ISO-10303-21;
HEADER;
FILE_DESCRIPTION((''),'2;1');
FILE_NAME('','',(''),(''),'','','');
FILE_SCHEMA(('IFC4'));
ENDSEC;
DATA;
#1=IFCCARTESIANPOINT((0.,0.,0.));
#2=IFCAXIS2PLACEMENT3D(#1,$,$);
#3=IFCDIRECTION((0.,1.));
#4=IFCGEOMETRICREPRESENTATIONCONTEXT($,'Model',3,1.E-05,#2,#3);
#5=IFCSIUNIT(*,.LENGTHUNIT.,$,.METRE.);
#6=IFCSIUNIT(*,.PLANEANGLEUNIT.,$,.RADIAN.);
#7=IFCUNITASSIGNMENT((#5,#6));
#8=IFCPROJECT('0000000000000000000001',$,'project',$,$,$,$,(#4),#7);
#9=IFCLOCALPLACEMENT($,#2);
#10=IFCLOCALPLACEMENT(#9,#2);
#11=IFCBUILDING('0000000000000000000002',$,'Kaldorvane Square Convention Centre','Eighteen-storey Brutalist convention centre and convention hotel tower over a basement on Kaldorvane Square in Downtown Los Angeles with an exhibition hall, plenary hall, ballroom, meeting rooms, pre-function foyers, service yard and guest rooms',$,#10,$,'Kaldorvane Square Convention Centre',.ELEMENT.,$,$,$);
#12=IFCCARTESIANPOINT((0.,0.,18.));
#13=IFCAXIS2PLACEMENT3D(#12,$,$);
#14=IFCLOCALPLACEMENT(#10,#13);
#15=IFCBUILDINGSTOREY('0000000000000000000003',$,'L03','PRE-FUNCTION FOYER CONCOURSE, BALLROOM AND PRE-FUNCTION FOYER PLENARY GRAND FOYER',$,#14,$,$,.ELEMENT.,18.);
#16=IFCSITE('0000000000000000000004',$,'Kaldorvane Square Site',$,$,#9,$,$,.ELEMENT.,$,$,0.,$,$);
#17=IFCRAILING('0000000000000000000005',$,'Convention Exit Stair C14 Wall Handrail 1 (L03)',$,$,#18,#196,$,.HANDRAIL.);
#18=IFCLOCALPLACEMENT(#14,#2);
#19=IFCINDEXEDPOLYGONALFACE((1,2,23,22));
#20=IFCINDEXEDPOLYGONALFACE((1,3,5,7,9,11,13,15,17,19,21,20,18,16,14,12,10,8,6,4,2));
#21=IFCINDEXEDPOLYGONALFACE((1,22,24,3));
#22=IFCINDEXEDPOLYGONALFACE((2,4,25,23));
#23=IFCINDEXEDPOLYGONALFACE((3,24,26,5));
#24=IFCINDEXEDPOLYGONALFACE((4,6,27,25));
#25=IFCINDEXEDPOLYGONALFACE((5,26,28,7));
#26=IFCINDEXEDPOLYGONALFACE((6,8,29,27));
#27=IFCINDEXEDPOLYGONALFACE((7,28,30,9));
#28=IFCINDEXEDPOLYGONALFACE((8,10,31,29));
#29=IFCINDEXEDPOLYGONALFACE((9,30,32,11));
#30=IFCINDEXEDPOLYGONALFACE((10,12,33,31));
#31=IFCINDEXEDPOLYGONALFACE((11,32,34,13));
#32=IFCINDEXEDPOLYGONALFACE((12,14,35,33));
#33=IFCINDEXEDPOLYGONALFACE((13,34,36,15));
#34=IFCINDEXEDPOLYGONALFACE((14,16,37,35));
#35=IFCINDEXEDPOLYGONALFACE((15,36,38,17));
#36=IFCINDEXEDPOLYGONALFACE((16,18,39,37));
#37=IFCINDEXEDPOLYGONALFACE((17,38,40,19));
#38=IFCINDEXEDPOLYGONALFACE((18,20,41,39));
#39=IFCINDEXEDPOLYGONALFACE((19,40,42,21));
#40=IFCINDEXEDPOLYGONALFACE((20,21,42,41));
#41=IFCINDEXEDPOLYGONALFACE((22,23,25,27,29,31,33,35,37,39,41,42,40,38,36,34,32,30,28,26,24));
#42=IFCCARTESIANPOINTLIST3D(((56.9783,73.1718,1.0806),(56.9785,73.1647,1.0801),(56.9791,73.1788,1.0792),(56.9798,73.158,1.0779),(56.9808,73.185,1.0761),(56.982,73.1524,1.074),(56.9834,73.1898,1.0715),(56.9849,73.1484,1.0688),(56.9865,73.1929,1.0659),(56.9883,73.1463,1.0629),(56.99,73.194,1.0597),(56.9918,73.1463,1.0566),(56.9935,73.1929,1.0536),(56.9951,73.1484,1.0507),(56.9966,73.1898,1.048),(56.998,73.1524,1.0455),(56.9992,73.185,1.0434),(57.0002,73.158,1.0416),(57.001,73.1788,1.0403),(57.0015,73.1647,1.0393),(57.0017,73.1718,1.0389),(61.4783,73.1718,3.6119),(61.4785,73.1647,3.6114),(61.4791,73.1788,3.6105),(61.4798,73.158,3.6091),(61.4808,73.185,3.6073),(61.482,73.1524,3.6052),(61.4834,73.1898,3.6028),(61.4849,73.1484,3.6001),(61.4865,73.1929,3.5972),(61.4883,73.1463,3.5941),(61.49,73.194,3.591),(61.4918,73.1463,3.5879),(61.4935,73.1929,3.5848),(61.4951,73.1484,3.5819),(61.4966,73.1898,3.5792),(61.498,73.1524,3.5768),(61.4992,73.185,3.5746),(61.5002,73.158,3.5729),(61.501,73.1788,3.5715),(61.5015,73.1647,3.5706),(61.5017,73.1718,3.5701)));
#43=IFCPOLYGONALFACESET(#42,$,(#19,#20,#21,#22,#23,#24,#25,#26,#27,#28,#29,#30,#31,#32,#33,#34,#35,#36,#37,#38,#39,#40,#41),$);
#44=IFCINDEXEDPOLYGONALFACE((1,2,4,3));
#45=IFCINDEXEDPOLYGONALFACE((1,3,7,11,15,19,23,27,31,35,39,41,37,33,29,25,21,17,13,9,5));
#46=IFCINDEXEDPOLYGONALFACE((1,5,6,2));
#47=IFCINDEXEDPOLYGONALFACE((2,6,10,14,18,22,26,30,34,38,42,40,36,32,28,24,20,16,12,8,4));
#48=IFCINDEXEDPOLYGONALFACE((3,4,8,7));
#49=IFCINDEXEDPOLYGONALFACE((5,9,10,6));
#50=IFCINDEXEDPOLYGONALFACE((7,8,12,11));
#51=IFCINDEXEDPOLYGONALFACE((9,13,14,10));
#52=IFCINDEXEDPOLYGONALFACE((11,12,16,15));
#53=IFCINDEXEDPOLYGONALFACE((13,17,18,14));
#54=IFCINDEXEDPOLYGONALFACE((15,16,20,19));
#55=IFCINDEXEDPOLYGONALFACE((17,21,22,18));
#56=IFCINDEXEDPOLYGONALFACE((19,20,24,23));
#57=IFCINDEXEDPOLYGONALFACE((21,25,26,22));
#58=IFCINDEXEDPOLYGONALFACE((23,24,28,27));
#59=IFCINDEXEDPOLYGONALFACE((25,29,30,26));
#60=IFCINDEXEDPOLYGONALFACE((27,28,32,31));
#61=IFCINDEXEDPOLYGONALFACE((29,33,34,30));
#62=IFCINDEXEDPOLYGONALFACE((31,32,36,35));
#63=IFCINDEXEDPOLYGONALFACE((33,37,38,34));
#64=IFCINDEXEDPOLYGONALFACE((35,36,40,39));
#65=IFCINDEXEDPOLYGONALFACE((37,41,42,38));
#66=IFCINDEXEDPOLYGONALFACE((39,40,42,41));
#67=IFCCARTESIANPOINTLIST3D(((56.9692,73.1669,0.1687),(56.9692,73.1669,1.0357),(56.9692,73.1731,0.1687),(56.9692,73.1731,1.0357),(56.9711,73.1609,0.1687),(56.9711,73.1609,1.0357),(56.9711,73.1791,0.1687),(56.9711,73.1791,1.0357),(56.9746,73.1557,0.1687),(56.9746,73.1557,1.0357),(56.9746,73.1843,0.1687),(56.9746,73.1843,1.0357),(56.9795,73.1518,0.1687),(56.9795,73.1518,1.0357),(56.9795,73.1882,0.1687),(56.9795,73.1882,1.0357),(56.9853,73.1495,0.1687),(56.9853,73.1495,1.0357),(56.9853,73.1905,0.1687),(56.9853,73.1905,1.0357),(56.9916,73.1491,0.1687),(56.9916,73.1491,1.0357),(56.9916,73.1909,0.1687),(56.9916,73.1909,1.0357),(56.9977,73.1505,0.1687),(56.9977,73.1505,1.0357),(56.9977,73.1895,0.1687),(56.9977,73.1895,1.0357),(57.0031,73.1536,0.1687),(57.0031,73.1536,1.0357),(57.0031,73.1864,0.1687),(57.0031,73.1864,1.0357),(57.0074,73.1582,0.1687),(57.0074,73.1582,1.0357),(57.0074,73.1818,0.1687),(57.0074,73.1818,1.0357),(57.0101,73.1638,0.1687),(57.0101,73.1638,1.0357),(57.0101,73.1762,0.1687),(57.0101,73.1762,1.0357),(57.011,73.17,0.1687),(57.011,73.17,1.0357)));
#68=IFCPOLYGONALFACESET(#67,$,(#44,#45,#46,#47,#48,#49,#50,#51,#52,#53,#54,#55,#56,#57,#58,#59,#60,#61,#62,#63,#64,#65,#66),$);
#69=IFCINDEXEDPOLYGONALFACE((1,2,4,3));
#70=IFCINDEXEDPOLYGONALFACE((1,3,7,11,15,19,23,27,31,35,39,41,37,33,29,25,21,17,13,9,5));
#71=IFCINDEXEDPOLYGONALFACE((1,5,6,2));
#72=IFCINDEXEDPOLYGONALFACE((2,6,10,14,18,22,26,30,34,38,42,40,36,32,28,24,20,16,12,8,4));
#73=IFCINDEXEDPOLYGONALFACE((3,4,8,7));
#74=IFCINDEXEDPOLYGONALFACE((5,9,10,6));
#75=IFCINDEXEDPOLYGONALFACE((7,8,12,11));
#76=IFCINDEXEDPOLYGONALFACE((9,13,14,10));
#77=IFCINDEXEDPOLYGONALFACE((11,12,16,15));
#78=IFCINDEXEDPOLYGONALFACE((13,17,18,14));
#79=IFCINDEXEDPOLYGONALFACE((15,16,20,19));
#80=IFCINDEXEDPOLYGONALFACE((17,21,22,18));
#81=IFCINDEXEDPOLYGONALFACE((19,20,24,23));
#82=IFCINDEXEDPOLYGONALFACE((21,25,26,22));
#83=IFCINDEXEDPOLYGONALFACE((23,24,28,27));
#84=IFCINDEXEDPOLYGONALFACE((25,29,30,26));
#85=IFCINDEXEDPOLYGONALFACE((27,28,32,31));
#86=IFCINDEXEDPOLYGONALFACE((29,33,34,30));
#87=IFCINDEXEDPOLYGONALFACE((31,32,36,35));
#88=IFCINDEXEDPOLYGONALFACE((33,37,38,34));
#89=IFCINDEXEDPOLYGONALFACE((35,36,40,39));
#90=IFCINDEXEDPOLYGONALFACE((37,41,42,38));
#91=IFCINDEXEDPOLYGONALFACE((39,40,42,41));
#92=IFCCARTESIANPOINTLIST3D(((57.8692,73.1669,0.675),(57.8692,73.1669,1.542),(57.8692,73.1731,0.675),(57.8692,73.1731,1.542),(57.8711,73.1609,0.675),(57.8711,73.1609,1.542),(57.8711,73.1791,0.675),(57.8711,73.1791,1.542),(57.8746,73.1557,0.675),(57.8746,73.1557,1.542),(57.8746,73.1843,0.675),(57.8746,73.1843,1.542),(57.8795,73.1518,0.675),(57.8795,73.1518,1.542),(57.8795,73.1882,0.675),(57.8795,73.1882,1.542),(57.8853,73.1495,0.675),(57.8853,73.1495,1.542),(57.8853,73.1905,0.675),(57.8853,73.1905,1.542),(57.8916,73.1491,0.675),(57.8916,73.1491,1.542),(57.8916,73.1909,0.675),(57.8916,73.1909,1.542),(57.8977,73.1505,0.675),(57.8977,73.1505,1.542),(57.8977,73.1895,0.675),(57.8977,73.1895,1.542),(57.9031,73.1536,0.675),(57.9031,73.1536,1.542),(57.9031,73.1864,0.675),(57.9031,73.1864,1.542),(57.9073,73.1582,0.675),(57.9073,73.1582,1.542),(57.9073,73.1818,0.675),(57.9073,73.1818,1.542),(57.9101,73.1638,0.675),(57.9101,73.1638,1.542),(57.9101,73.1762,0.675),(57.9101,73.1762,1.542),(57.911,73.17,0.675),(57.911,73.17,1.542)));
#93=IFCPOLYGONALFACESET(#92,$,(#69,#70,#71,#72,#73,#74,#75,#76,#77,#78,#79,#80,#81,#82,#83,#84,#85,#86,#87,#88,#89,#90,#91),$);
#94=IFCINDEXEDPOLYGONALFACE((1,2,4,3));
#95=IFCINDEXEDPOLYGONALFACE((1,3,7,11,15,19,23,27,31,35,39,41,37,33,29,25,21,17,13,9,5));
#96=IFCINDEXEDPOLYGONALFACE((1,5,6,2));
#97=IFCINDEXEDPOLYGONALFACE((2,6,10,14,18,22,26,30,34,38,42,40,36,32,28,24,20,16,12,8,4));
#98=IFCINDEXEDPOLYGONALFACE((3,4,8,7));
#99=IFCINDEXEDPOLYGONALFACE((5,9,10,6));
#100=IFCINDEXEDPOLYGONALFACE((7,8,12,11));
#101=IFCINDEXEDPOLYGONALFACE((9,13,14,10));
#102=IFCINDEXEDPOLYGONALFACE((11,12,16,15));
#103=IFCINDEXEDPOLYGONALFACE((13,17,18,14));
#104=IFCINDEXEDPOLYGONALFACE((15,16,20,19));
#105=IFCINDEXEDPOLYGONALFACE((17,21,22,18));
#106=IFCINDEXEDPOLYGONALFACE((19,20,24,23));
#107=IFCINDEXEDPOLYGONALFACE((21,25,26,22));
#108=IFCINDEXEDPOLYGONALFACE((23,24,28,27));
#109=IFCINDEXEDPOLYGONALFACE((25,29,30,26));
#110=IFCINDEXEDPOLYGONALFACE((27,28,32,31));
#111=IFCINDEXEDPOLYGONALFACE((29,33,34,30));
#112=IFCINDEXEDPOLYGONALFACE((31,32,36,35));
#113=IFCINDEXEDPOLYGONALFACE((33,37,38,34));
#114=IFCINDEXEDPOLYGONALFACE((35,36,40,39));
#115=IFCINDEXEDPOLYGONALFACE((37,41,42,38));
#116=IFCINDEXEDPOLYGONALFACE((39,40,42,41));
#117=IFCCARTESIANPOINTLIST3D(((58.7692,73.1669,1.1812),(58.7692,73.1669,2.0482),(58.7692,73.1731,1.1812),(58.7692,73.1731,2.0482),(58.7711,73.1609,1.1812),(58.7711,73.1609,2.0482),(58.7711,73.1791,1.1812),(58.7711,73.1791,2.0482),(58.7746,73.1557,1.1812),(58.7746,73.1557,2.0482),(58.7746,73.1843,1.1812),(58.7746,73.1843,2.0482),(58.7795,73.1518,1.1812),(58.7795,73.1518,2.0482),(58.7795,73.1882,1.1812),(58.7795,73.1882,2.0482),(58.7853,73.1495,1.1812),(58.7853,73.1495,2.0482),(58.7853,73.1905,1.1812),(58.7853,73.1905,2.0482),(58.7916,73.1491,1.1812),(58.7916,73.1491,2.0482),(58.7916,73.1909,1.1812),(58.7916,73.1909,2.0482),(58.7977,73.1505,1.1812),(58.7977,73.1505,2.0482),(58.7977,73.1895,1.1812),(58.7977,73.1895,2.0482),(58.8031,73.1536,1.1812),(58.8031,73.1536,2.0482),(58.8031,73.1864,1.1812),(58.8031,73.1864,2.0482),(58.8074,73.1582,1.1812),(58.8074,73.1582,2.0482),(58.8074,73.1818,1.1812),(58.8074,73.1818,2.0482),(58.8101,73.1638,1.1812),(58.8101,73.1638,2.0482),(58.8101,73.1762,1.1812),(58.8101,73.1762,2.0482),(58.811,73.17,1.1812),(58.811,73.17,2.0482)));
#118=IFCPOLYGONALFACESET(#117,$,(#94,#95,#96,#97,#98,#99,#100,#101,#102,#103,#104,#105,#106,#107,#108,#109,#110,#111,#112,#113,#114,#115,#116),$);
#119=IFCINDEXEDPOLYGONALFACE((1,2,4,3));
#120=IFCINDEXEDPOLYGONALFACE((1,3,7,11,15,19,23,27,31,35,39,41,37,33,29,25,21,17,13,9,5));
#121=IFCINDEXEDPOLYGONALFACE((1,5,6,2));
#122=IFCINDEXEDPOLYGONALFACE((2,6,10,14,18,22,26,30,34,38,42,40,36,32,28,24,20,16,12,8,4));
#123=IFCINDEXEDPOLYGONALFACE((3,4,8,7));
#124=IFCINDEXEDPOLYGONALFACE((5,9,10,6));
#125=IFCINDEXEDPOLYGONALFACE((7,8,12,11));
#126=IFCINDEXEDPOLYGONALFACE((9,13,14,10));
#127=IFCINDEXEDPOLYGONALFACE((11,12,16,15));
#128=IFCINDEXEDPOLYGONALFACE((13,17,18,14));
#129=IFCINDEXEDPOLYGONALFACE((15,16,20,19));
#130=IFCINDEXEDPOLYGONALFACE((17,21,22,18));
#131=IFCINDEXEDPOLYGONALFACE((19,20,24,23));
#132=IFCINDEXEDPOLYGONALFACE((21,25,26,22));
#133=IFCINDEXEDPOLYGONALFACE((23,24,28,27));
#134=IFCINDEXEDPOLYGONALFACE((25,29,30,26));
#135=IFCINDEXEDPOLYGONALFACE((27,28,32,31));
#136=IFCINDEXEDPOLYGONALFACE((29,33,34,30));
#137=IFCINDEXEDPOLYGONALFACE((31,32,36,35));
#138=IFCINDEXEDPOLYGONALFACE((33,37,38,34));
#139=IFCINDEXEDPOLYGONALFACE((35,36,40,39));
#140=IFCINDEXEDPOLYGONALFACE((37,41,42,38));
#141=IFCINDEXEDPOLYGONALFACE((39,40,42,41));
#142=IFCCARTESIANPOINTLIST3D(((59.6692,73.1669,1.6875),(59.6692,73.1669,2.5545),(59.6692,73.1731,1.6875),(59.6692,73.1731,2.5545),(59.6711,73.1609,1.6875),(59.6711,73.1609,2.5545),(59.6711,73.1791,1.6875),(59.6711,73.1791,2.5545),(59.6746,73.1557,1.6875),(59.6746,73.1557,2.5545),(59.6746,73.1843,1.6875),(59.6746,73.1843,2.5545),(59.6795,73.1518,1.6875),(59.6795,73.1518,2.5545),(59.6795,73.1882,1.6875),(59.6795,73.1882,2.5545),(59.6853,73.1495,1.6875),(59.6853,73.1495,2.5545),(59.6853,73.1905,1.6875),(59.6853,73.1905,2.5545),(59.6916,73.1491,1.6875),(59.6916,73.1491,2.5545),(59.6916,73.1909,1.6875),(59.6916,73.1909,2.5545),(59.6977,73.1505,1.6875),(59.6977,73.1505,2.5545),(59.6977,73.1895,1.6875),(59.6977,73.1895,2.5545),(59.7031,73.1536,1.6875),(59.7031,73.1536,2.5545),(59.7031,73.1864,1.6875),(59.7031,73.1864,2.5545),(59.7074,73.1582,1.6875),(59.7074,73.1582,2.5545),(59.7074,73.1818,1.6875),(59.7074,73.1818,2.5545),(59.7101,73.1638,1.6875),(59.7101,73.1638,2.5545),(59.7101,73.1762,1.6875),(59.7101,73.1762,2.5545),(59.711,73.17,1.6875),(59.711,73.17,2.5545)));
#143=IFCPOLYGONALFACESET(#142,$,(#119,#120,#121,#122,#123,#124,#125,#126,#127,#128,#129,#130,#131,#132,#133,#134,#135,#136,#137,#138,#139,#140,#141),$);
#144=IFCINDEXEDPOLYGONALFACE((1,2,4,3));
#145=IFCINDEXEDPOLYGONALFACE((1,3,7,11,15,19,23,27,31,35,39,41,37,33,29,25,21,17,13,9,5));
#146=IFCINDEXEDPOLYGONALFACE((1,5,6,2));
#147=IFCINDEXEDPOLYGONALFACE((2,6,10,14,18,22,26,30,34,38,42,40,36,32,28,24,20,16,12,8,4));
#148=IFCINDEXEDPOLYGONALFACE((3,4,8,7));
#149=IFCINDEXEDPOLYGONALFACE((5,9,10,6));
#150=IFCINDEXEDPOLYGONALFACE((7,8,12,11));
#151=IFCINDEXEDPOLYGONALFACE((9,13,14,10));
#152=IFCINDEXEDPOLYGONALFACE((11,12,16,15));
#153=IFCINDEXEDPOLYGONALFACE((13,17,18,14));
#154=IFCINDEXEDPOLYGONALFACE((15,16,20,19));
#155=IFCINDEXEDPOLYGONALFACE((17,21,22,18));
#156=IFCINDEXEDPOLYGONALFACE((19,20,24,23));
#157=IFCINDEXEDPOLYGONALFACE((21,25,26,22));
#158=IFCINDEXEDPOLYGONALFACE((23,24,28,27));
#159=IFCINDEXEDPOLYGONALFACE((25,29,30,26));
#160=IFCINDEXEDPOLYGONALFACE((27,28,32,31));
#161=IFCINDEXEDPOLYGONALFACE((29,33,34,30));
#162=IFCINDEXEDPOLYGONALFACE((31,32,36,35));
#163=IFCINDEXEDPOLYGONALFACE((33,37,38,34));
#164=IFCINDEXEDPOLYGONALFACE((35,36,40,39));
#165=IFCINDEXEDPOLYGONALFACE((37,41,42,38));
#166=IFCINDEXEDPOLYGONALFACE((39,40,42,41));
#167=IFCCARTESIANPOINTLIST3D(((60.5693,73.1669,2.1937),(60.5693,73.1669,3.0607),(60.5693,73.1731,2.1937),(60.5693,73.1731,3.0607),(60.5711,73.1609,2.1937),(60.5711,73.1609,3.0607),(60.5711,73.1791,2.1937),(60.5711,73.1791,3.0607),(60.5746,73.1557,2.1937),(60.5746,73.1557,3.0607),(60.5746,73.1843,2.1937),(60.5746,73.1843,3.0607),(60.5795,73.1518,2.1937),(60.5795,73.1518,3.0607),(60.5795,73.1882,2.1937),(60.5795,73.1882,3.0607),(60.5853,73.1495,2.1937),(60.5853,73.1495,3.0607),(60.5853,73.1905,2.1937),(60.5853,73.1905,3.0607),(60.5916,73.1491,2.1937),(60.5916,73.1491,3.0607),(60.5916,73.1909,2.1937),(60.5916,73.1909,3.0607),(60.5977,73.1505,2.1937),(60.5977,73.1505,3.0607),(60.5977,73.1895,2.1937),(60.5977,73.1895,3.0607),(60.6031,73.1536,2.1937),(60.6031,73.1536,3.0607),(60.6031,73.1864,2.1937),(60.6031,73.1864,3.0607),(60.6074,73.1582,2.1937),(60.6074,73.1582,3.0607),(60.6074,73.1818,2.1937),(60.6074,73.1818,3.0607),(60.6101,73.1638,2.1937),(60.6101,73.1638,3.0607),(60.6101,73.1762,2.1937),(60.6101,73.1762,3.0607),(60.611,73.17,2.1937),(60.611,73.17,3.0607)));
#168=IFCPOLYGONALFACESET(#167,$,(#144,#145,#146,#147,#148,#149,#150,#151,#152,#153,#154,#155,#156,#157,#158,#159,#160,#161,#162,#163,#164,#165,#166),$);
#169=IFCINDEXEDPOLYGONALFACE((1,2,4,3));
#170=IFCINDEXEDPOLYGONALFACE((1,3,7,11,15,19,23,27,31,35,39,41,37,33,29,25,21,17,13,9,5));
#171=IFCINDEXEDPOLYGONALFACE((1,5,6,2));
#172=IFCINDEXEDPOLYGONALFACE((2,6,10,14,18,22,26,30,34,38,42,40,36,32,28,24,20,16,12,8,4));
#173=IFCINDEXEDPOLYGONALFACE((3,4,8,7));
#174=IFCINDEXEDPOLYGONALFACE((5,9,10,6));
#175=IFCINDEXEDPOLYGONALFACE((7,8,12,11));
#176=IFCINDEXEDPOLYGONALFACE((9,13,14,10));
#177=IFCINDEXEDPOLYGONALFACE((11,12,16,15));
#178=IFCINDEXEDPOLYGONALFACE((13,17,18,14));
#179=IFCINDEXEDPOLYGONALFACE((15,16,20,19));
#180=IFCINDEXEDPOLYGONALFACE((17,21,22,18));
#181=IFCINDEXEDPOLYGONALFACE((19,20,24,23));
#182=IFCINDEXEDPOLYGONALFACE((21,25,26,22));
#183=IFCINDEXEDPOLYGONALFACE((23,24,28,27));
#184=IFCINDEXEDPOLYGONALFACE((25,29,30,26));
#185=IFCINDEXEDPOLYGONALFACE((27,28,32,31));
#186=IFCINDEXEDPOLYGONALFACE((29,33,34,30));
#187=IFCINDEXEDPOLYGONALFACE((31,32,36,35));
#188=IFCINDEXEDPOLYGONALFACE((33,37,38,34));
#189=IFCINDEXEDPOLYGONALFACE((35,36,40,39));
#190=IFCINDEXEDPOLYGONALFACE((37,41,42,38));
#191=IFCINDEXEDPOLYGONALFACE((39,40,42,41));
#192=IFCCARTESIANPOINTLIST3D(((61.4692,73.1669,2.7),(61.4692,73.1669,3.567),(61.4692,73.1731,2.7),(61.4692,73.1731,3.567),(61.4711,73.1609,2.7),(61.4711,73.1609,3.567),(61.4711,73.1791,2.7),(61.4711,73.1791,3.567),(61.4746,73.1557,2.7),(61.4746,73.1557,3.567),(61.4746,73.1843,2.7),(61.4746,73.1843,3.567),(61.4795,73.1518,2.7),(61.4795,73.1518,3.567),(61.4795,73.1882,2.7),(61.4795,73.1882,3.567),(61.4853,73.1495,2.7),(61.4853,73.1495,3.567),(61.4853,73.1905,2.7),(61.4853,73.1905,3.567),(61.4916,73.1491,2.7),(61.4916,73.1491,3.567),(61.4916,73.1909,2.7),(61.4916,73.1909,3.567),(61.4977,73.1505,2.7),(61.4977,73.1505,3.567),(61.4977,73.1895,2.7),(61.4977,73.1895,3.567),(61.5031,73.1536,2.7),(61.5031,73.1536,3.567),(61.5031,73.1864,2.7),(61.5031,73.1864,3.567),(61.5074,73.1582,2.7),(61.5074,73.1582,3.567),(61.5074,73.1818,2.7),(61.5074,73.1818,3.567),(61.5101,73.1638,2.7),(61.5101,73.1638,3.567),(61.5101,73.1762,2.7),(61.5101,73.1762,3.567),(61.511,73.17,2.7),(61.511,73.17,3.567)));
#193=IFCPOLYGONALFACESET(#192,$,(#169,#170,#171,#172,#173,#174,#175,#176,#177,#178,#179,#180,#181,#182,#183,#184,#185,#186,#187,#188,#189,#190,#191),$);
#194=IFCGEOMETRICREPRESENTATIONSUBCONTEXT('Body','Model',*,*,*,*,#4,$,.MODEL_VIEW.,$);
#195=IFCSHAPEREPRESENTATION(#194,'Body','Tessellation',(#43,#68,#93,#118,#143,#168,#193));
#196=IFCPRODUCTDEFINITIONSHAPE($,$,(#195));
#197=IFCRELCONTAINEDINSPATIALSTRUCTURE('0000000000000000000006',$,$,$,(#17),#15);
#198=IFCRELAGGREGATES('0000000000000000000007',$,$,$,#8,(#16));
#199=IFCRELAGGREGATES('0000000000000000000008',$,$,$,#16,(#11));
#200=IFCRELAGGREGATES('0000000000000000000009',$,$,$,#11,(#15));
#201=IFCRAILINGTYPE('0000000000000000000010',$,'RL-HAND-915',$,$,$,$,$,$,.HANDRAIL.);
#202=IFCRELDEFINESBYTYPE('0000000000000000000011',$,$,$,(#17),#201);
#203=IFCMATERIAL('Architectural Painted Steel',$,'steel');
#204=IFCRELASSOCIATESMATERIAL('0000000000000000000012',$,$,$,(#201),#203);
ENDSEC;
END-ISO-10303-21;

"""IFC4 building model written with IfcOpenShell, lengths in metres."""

from ifc_helpers import new_model, si_unit, direction, frame, origin, origin_2d, place, context, subcontext, project, spatial, circle, extrude, material, type_object, element, save


model = new_model("IFC4")

# Units and contexts
model_context = context("Model", 3, precision=1e-05, world=origin(), true_north=direction((0.0, 1.0)))
body_context = subcontext(model_context, "Body", "Model", "MODEL_VIEW")
ifc_project = project(units=[si_unit("LENGTHUNIT", "METRE"), si_unit("PLANEANGLEUNIT", "RADIAN")], contexts=[model_context])

# Site, building, storey
site_placement = place(None, origin())
site = spatial("IfcSite", under=ifc_project, at=site_placement, Name="Kaldorvane Square Site", CompositionType="ELEMENT", RefElevation=0.0)
building_placement = place(site_placement, origin())
building = spatial("IfcBuilding", under=site, at=building_placement, Name="Kaldorvane Square Convention Centre", Description="Eighteen-storey Brutalist convention centre and convention hotel tower over a basement on Kaldorvane Square in Downtown Los Angeles with an exhibition hall, plenary hall, ballroom, meeting rooms, pre-function foyers, service yard and guest rooms", LongName="Kaldorvane Square Convention Centre", CompositionType="ELEMENT")
storey_placement = place(building_placement, frame((0.0, 0.0, 18.0)))
storey = spatial("IfcBuildingStorey", under=building, at=storey_placement, Name="L03", Description="PRE-FUNCTION FOYER CONCOURSE, BALLROOM AND PRE-FUNCTION FOYER PLENARY GRAND FOYER", CompositionType="ELEMENT", Elevation=18.0)

# Railing
ifc_material_1 = material(Name="Architectural Painted Steel", Category="steel")
railing_type_1 = type_object("IfcRailingType", Name="RL-HAND-915", PredefinedType="HANDRAIL", material=ifc_material_1)
railing_1_placement = place(storey_placement, frame((56.99, 73.17, 0.1687)))
element("IfcRailing", 1, at=railing_1_placement, inside=storey, type_object=railing_type_1, Name="Convention Exit Stair C14 Wall Handrail 1 (L03)", PredefinedType="HANDRAIL", context=body_context, shape_type="SweptSolid", body=[
    extrude(circle(Radius=0.024, at=origin_2d()), frame((0.0, 0.0, 0.891), z_axis=(0.871576, 0.0, 0.490261), x_axis=(0.0, 1.0, 0.0)), (0.0, 0.0, 1.0), 5.1631),
    extrude(circle(Radius=0.021, at=origin_2d()), origin(), (0.0, 0.0, 1.0), 0.867),
    extrude(circle(Radius=0.021, at=origin_2d()), frame((0.9, 0.0, 0.5063)), (0.0, 0.0, 1.0), 0.867),
    extrude(circle(Radius=0.021, at=origin_2d()), frame((1.8, 0.0, 1.0125)), (0.0, 0.0, 1.0), 0.867),
    extrude(circle(Radius=0.021, at=origin_2d()), frame((2.7, 0.0, 1.5188)), (0.0, 0.0, 1.0), 0.867),
    extrude(circle(Radius=0.021, at=origin_2d()), frame((3.6, 0.0, 2.025)), (0.0, 0.0, 1.0), 0.867),
    extrude(circle(Radius=0.021, at=origin_2d()), frame((4.5, 0.0, 2.5312)), (0.0, 0.0, 1.0), 0.867),
])

save(model, "model.ifc")
